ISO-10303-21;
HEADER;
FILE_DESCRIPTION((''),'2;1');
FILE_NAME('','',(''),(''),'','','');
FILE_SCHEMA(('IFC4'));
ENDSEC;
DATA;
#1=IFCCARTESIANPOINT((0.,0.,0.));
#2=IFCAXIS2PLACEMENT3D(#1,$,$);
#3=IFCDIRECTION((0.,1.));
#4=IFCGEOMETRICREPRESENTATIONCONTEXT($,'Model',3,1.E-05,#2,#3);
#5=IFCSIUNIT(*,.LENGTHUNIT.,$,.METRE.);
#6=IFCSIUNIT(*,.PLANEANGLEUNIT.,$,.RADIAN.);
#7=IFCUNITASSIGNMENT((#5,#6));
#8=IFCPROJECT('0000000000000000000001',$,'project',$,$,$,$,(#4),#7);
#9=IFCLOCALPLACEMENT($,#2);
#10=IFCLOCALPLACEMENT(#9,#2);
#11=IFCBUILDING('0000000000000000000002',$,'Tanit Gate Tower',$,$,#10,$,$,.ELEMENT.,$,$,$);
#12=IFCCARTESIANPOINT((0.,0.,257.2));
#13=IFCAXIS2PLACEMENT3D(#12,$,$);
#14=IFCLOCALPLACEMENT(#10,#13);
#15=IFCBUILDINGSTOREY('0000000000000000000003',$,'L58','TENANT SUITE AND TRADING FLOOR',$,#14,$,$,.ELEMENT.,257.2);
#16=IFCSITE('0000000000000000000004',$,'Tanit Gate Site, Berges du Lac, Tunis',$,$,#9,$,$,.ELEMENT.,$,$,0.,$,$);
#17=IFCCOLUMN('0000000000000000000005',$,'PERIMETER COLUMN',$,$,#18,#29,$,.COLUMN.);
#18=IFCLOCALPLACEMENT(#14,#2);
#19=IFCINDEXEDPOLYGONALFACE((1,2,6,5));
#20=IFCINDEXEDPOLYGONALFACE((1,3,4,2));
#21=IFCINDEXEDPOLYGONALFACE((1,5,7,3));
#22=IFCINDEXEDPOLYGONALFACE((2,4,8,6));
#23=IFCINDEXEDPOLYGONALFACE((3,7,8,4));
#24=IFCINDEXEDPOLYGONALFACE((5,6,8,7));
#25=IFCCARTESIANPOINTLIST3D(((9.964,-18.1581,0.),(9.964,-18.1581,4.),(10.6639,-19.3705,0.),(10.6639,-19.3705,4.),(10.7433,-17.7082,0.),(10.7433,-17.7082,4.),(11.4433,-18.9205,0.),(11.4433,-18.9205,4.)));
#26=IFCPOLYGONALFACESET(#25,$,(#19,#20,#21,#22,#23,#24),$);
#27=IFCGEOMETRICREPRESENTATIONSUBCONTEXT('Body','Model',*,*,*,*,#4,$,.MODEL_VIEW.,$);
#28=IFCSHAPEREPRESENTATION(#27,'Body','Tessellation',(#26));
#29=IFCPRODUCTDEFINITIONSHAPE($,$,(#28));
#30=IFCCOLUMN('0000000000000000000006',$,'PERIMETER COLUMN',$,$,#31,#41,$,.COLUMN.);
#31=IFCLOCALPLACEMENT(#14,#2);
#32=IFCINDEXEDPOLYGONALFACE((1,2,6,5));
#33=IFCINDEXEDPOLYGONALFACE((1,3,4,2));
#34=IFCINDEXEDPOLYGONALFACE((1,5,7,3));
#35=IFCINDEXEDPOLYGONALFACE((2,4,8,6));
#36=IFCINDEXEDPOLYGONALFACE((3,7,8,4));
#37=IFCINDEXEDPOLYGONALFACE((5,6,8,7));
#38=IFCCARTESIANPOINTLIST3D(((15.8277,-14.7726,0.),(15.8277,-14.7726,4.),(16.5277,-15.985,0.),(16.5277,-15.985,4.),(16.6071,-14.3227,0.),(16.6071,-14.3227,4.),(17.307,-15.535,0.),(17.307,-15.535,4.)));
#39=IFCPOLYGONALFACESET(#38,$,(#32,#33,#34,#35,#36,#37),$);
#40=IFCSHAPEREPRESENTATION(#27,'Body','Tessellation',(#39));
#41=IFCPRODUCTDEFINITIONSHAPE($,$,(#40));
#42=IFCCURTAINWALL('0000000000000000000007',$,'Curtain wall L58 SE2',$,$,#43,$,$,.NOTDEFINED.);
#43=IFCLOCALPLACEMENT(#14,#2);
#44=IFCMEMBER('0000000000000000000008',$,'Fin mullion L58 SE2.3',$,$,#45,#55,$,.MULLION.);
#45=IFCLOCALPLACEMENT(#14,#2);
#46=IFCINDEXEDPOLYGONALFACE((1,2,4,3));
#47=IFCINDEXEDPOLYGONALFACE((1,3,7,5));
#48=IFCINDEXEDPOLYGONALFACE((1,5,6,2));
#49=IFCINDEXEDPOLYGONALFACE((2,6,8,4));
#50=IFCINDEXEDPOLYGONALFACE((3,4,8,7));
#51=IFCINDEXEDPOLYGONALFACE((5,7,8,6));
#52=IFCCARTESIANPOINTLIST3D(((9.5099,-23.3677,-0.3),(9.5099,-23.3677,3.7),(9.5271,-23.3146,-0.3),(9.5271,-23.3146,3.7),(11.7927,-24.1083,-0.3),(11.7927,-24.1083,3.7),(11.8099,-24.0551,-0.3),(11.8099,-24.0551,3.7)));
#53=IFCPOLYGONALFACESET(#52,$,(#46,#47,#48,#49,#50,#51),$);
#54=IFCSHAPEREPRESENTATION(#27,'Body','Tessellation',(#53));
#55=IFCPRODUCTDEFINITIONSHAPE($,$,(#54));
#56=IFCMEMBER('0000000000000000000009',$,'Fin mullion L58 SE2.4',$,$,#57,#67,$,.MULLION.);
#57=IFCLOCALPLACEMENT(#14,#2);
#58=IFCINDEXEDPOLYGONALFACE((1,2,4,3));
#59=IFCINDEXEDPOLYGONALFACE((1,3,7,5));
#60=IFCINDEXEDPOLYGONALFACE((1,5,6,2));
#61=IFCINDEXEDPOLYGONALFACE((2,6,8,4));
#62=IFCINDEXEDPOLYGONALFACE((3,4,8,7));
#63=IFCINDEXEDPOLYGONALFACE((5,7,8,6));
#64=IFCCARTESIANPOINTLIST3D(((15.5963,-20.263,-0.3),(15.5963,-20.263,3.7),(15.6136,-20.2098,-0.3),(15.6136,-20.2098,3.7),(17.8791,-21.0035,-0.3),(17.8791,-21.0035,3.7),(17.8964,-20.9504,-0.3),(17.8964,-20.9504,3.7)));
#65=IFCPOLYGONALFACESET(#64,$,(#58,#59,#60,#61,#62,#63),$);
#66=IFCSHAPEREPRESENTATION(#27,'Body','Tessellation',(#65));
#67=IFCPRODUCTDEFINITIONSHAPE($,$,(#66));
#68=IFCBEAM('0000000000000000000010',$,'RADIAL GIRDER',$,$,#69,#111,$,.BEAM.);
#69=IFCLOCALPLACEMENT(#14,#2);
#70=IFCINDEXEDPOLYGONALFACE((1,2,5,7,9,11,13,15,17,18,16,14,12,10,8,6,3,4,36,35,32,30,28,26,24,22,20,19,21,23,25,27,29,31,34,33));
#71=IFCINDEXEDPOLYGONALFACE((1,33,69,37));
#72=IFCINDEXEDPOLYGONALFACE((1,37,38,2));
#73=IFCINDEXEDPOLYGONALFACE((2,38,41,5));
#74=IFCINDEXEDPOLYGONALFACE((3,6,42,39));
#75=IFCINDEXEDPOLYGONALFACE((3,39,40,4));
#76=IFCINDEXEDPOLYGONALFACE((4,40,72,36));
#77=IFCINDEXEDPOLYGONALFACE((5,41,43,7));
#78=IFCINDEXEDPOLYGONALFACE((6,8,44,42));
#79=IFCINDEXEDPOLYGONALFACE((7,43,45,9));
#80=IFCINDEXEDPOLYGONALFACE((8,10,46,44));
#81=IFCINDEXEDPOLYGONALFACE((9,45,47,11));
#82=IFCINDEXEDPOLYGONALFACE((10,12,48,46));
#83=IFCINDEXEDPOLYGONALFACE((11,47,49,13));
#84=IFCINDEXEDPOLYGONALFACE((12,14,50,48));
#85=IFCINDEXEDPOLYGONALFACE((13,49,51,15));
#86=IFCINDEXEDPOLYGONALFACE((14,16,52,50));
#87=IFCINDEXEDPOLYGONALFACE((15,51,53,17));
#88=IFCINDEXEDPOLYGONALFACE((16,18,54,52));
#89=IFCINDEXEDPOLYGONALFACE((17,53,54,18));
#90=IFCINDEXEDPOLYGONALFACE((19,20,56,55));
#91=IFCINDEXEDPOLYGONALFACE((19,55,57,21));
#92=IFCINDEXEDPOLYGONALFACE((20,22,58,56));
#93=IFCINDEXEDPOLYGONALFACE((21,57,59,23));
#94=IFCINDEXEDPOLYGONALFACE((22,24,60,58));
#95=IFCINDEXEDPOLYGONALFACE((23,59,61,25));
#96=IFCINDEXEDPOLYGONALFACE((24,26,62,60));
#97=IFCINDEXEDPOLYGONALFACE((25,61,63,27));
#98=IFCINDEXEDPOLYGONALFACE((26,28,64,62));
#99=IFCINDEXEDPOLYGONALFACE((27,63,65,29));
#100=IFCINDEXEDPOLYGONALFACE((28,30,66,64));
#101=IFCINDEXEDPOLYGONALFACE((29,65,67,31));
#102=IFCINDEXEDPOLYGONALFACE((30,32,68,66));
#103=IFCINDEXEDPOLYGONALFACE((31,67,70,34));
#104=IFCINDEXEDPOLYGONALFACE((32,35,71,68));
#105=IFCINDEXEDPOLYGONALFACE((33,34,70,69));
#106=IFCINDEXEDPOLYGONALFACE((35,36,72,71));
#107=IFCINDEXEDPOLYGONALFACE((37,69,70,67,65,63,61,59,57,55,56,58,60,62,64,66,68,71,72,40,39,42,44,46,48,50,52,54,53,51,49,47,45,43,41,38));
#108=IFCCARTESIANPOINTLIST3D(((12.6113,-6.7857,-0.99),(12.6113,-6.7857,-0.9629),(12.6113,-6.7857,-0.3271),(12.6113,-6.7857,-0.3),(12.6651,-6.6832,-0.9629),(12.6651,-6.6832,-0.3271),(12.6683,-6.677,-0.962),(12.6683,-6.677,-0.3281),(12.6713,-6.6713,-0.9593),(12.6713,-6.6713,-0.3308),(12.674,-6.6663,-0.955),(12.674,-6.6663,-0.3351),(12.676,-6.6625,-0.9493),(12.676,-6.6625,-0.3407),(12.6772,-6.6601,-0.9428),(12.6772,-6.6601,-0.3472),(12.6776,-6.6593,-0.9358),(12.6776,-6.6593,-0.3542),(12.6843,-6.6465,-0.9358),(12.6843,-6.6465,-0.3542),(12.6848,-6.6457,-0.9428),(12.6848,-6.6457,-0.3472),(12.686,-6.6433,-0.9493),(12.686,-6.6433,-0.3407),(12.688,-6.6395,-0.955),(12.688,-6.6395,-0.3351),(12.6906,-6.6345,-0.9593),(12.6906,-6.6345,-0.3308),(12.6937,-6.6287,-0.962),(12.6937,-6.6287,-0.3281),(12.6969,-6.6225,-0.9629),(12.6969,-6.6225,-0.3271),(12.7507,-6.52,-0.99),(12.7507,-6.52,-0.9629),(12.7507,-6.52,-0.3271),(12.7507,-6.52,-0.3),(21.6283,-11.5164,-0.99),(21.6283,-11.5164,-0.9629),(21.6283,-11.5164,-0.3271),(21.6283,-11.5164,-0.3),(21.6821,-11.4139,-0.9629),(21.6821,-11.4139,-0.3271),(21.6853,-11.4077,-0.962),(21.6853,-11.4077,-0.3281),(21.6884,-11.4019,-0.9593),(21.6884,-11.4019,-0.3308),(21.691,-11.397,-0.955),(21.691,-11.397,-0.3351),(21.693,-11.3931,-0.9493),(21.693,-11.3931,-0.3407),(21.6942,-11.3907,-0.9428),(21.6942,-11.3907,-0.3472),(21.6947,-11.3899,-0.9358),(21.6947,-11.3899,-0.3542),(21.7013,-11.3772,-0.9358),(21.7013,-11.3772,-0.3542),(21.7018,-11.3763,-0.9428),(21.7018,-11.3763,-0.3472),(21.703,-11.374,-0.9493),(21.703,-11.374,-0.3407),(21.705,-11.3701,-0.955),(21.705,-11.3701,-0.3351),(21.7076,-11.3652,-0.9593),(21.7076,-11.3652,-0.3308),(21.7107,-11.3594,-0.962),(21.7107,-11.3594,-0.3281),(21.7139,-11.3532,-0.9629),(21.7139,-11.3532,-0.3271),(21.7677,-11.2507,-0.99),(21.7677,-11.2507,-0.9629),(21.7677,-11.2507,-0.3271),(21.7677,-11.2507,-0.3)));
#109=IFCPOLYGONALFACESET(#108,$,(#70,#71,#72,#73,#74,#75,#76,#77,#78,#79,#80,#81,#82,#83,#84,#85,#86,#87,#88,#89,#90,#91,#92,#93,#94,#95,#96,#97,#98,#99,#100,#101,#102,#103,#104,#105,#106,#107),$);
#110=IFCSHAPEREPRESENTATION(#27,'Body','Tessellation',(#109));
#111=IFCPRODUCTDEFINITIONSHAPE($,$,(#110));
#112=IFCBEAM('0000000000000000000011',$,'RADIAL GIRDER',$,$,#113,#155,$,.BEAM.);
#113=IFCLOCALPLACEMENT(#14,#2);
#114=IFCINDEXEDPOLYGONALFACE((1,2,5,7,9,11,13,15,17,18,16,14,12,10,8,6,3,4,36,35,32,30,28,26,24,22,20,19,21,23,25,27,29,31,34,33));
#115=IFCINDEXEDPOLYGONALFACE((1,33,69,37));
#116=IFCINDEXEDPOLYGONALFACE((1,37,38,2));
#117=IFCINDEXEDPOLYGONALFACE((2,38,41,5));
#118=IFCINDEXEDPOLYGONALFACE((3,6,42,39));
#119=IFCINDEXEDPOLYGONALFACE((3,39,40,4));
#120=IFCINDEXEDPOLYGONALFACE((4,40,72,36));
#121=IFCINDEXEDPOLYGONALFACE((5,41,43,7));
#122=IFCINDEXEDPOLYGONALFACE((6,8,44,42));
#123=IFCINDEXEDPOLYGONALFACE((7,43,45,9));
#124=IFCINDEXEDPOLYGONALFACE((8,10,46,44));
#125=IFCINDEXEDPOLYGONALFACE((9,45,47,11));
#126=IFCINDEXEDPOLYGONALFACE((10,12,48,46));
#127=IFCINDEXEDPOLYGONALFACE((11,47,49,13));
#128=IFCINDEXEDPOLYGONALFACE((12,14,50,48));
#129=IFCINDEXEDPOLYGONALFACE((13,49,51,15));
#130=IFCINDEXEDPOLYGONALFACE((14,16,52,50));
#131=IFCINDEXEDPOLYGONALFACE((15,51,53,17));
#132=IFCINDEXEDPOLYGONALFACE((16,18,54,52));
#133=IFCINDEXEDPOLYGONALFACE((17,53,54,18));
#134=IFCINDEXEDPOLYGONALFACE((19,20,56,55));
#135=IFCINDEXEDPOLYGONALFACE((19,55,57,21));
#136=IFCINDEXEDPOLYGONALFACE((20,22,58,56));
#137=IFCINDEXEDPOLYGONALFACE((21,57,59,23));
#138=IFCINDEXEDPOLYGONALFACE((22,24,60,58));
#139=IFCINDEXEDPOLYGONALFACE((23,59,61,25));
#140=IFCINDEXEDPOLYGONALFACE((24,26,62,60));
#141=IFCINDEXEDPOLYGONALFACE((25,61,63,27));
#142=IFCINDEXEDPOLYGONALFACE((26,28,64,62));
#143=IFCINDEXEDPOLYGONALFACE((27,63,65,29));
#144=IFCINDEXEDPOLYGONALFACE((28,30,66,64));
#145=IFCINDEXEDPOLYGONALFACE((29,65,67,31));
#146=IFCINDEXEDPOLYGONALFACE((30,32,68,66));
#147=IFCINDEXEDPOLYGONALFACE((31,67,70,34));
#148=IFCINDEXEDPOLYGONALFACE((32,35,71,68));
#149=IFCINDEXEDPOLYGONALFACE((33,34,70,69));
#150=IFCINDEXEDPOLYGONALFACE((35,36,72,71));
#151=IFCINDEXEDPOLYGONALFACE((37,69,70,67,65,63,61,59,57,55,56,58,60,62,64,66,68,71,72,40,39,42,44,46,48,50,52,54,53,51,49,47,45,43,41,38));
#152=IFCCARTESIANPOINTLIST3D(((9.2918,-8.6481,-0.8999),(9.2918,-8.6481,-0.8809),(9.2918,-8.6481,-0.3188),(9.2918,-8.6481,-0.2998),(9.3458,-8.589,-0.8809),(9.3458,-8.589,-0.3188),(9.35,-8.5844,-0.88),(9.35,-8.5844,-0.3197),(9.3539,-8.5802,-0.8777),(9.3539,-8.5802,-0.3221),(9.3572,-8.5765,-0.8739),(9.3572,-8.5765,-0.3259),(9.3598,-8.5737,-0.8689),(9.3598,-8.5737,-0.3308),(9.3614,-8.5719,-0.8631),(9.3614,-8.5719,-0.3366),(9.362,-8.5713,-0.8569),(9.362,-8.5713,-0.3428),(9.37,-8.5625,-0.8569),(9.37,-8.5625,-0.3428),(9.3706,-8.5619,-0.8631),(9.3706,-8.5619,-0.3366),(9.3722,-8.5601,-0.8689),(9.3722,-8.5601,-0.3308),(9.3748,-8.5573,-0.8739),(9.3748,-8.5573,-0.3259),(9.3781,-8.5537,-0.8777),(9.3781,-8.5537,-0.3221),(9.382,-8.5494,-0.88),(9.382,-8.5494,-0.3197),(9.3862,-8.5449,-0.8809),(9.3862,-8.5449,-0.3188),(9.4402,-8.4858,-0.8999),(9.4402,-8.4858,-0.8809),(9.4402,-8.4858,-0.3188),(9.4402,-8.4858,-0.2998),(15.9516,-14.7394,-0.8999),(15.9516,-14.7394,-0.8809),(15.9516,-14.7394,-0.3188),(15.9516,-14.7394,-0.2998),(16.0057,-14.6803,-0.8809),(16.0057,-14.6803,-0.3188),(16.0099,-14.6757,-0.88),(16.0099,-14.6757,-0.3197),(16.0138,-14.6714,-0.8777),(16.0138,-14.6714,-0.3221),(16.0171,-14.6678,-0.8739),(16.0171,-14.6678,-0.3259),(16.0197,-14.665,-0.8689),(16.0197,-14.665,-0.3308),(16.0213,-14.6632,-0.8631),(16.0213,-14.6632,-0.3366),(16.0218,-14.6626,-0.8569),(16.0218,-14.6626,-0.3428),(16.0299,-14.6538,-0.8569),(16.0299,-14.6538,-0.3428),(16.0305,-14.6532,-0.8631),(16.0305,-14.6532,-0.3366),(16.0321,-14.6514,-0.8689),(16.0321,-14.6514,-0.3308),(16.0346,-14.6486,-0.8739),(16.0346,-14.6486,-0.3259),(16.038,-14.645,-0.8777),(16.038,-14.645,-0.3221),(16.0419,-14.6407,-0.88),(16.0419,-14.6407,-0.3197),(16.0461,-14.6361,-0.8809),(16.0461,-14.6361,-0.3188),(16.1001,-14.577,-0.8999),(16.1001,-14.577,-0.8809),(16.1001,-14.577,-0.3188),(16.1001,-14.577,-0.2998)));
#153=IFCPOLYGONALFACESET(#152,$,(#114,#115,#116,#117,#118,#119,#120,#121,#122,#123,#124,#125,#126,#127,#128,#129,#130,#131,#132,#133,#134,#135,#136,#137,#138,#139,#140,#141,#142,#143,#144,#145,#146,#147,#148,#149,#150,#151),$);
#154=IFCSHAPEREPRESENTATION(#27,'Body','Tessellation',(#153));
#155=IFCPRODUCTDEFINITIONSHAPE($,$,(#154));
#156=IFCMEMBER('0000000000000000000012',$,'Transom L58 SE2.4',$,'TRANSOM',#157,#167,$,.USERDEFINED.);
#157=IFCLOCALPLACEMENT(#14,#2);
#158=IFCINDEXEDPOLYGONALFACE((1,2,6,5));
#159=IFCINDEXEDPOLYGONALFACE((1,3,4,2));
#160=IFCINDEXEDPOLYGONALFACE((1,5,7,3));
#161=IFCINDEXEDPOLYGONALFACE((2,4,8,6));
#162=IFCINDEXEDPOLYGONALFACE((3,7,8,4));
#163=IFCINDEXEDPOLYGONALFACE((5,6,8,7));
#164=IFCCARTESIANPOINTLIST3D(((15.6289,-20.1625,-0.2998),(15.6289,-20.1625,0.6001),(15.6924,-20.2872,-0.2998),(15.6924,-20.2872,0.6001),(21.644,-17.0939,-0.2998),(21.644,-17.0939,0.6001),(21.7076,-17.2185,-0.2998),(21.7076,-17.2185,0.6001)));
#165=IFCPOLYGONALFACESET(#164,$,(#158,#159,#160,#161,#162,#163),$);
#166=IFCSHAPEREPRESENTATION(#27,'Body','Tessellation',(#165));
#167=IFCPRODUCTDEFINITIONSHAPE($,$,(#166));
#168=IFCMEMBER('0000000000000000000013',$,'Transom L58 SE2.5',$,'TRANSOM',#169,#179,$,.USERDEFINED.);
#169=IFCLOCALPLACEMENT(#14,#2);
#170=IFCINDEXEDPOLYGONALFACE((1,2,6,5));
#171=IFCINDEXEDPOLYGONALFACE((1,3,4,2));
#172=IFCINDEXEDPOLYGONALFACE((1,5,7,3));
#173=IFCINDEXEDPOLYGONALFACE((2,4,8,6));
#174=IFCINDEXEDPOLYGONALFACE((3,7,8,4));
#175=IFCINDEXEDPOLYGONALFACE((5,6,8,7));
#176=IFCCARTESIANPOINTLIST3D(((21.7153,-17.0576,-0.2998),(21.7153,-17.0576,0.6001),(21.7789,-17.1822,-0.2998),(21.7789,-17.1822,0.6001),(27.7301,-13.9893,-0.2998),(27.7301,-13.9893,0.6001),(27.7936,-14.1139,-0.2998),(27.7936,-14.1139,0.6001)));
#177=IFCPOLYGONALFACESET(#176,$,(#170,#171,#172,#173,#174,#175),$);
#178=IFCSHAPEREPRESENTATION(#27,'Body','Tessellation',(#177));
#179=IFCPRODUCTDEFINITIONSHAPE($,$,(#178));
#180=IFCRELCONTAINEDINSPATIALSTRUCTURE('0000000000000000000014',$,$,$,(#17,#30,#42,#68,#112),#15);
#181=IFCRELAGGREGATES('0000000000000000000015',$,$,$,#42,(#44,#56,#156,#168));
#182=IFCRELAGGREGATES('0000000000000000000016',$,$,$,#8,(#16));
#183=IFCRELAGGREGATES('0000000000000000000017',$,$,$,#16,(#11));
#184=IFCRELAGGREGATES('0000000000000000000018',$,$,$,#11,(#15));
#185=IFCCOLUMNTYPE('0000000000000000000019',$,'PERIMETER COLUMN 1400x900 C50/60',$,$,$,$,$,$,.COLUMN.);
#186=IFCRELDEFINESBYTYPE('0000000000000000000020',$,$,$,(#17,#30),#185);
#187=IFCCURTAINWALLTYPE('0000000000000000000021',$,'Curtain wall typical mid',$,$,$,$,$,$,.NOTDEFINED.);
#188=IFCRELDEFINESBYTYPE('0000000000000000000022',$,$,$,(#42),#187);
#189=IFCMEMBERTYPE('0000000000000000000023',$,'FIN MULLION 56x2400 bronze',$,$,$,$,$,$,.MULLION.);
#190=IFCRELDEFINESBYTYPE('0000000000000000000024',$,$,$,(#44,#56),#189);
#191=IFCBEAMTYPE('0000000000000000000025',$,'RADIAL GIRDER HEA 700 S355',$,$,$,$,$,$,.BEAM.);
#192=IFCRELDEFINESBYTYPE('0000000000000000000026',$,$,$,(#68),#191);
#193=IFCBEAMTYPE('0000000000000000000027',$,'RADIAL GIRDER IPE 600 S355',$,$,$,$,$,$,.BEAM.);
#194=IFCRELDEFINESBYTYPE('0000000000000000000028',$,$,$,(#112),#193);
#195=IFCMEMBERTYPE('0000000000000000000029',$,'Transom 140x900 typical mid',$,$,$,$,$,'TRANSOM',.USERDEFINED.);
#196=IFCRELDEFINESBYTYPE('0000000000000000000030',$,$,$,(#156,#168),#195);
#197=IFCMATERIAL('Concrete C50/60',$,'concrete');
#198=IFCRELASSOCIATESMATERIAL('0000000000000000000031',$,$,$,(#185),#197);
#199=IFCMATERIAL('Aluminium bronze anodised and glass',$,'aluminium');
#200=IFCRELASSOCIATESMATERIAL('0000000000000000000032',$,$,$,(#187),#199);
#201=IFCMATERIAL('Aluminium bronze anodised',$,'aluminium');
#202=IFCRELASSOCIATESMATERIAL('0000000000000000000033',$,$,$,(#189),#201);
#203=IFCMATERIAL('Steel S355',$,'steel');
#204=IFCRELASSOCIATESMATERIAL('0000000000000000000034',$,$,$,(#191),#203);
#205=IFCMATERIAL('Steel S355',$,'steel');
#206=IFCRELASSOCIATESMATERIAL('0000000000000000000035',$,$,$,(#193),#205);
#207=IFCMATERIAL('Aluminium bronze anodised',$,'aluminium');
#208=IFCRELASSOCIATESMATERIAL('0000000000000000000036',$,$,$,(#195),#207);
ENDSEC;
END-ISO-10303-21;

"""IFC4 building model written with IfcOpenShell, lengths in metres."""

from ifc_helpers import new_model, si_unit, direction, frame, origin, origin_2d, place, context, subcontext, project, spatial, rectangle, i_section, extrude, material, material_profile, profile_set, type_object, element, aggregate, save


model = new_model("IFC4")

# Units and contexts
model_context = context("Model", 3, precision=1e-05, world=origin(), true_north=direction((0.0, 1.0)))
body_context = subcontext(model_context, "Body", "Model", "MODEL_VIEW")
ifc_project = project(units=[si_unit("LENGTHUNIT", "METRE"), si_unit("PLANEANGLEUNIT", "RADIAN")], contexts=[model_context])

# Site, building, storey
site_placement = place(None, origin())
site = spatial("IfcSite", under=ifc_project, at=site_placement, Name="Tanit Gate Site, Berges du Lac, Tunis", CompositionType="ELEMENT", RefElevation=0.0)
building_placement = place(site_placement, origin())
building = spatial("IfcBuilding", under=site, at=building_placement, Name="Tanit Gate Tower", CompositionType="ELEMENT")
storey_placement = place(building_placement, frame((0.0, 0.0, 257.2)))
storey = spatial("IfcBuildingStorey", under=building, at=storey_placement, Name="L58", Description="TENANT SUITE AND TRADING FLOOR", CompositionType="ELEMENT", Elevation=257.2)

# Columns
ifc_material_1 = material(Name="Concrete C50/60", Category="concrete")
ifc_material_profile_1 = material_profile(ifc_material_1, rectangle(XDim=1.3999, YDim=0.8999, at=origin_2d()), Name="RC 1400x900")
ifc_profile_set_1 = profile_set([ifc_material_profile_1], Name="Concrete C50/60")
column_type = type_object("IfcColumnType", Name="PERIMETER COLUMN 1400x900 C50/60", PredefinedType="COLUMN", material=ifc_profile_set_1)
for number, where, z_axis, x_axis, name in (
    (1, (10.7036, -18.5393, 0.0), (0.0, 0.0, 1.0), (0.5, -0.866025, 0.0), "PERIMETER COLUMN"),
    (2, (16.5674, -15.1538, 0.0), (0.0, 0.0, 1.0), (0.5, -0.866025, 0.0), "PERIMETER COLUMN"),
):
    element("IfcColumn", number, at=place(storey_placement, frame(where, z_axis=z_axis, x_axis=x_axis)), inside=storey, type_object=column_type, Name=name, PredefinedType="COLUMN", context=body_context, shape_type="SweptSolid", body=[
        extrude(rectangle(XDim=1.3999, YDim=0.8999, at=origin_2d()), origin(), (0.0, 0.0, 1.0), 4.0),
    ])

# Curtain wall, members
ifc_material_2 = material(Name="Aluminium bronze anodised and glass", Category="aluminium")
curtain_wall_type = type_object("IfcCurtainWallType", Name="Curtain wall typical mid", PredefinedType="NOTDEFINED", material=ifc_material_2)
curtain_wall_placement = place(storey_placement, origin())
curtain_wall = element("IfcCurtainWall", 3, at=curtain_wall_placement, inside=storey, type_object=curtain_wall_type, Name="Curtain wall L58 SE2", PredefinedType="NOTDEFINED")
ifc_material_3 = material(Name="Aluminium bronze anodised", Category="aluminium")
ifc_material_profile_2 = material_profile(ifc_material_3, rectangle(XDim=2.3999, YDim=0.0559, at=origin_2d()), Name="56x2400 bronze fin mullion")
ifc_profile_set_2 = profile_set([ifc_material_profile_2], Name="Aluminium bronze anodised")
member_type_1 = type_object("IfcMemberType", Name="FIN MULLION 56x2400 bronze", PredefinedType="MULLION", material=ifc_profile_set_2)
member_1_placement = place(storey_placement, frame((10.6599, -23.7114, -0.3), z_axis=(0.0, 0.0, 1.0), x_axis=(-0.951202, 0.308568, 0.0)))
member_1 = element("IfcMember", 4, at=member_1_placement, type_object=member_type_1, Name="Fin mullion L58 SE2.3", PredefinedType="MULLION", context=body_context, shape_type="SweptSolid", body=[
    extrude(rectangle(XDim=2.3999, YDim=0.0559, at=origin_2d()), origin(), (0.0, 0.0, 1.0), 4.0),
])
member_2_placement = place(storey_placement, frame((16.7463, -20.6067, -0.3), z_axis=(0.0, 0.0, 1.0), x_axis=(-0.951202, 0.308568, 0.0)))
member_2 = element("IfcMember", 5, at=member_2_placement, type_object=member_type_1, Name="Fin mullion L58 SE2.4", PredefinedType="MULLION", context=body_context, shape_type="SweptSolid", body=[
    extrude(rectangle(XDim=2.3999, YDim=0.0559, at=origin_2d()), origin(), (0.0, 0.0, 1.0), 4.0),
])

# Beams
ifc_material_4 = material(Name="Steel S355", Category="steel")
ifc_material_profile_3 = material_profile(ifc_material_4, i_section(OverallWidth=0.3, OverallDepth=0.6899, WebThickness=0.0144, FlangeThickness=0.0271, FilletRadius=0.0271, at=origin_2d()), Name="HEA 700")
ifc_profile_set_3 = profile_set([ifc_material_profile_3], Name="Steel S355")
beam_type_1 = type_object("IfcBeamType", Name="RADIAL GIRDER HEA 700 S355", PredefinedType="BEAM", material=ifc_profile_set_3)
beam_1_placement = place(storey_placement, frame((21.698, -11.3835, -0.645), z_axis=(-0.88553, 0.464583, 0.0), x_axis=(-0.464583, -0.88553, 0.0)))
element("IfcBeam", 6, at=beam_1_placement, inside=storey, type_object=beam_type_1, Name="RADIAL GIRDER", PredefinedType="BEAM", context=body_context, shape_type="SweptSolid", body=[
    extrude(i_section(OverallWidth=0.3, OverallDepth=0.6899, WebThickness=0.0144, FlangeThickness=0.0271, FilletRadius=0.0271, at=origin_2d()), origin(), (0.0, 0.0, 1.0), 10.1826),
])
ifc_material_5 = material(Name="Steel S355", Category="steel")
ifc_material_profile_4 = material_profile(ifc_material_5, i_section(OverallWidth=0.22, OverallDepth=0.6001, WebThickness=0.012, FlangeThickness=0.019, FilletRadius=0.0239, at=origin_2d()), Name="IPE 600")
ifc_profile_set_4 = profile_set([ifc_material_profile_4], Name="Steel S355")
beam_type_2 = type_object("IfcBeamType", Name="RADIAL GIRDER IPE 600 S355", PredefinedType="BEAM", material=ifc_profile_set_4)
beam_2_placement = place(storey_placement, frame((16.0259, -14.6582, -0.5999), z_axis=(-0.737905, 0.674905, 0.0), x_axis=(-0.674905, -0.737905, 0.0)))
element("IfcBeam", 7, at=beam_2_placement, inside=storey, type_object=beam_type_2, Name="RADIAL GIRDER", PredefinedType="BEAM", context=body_context, shape_type="SweptSolid", body=[
    extrude(i_section(OverallWidth=0.22, OverallDepth=0.6001, WebThickness=0.012, FlangeThickness=0.019, FilletRadius=0.0239, at=origin_2d()), origin(), (0.0, 0.0, 1.0), 9.0254),
])

# Members
ifc_material_6 = material(Name="Aluminium bronze anodised", Category="aluminium")
ifc_material_profile_5 = material_profile(ifc_material_6, rectangle(XDim=0.1399, YDim=0.8999, at=origin_2d()), Name="140x900 bronze transom")
ifc_profile_set_5 = profile_set([ifc_material_profile_5], Name="Aluminium bronze anodised")
member_type_2 = type_object("IfcMemberType", Name="Transom 140x900 typical mid", ElementType="TRANSOM", PredefinedType="USERDEFINED", material=ifc_profile_set_5)
member_3_placement = place(storey_placement, frame((15.6606, -20.2249, 0.1501), z_axis=(0.890782, 0.45443, 0.0), x_axis=(-0.45443, 0.890782, 0.0)))
member_3 = element("IfcMember", 8, at=member_3_placement, type_object=member_type_2, Name="Transom L58 SE2.4", ObjectType="TRANSOM", PredefinedType="USERDEFINED", context=body_context, shape_type="SweptSolid", body=[
    extrude(rectangle(XDim=0.1399, YDim=0.8999, at=origin_2d()), origin(), (0.0, 0.0, 1.0), 6.7527),
])
member_4_placement = place(storey_placement, frame((21.7471, -17.1199, 0.1501), z_axis=(0.89079, 0.454416, 0.0), x_axis=(-0.454416, 0.89079, 0.0)))
member_4 = element("IfcMember", 9, at=member_4_placement, type_object=member_type_2, Name="Transom L58 SE2.5", ObjectType="TRANSOM", PredefinedType="USERDEFINED", context=body_context, shape_type="SweptSolid", body=[
    extrude(rectangle(XDim=0.1399, YDim=0.8999, at=origin_2d()), origin(), (0.0, 0.0, 1.0), 6.7522),
])

aggregate(curtain_wall, [member_1, member_2, member_3, member_4])

save(model, "model.ifc")
